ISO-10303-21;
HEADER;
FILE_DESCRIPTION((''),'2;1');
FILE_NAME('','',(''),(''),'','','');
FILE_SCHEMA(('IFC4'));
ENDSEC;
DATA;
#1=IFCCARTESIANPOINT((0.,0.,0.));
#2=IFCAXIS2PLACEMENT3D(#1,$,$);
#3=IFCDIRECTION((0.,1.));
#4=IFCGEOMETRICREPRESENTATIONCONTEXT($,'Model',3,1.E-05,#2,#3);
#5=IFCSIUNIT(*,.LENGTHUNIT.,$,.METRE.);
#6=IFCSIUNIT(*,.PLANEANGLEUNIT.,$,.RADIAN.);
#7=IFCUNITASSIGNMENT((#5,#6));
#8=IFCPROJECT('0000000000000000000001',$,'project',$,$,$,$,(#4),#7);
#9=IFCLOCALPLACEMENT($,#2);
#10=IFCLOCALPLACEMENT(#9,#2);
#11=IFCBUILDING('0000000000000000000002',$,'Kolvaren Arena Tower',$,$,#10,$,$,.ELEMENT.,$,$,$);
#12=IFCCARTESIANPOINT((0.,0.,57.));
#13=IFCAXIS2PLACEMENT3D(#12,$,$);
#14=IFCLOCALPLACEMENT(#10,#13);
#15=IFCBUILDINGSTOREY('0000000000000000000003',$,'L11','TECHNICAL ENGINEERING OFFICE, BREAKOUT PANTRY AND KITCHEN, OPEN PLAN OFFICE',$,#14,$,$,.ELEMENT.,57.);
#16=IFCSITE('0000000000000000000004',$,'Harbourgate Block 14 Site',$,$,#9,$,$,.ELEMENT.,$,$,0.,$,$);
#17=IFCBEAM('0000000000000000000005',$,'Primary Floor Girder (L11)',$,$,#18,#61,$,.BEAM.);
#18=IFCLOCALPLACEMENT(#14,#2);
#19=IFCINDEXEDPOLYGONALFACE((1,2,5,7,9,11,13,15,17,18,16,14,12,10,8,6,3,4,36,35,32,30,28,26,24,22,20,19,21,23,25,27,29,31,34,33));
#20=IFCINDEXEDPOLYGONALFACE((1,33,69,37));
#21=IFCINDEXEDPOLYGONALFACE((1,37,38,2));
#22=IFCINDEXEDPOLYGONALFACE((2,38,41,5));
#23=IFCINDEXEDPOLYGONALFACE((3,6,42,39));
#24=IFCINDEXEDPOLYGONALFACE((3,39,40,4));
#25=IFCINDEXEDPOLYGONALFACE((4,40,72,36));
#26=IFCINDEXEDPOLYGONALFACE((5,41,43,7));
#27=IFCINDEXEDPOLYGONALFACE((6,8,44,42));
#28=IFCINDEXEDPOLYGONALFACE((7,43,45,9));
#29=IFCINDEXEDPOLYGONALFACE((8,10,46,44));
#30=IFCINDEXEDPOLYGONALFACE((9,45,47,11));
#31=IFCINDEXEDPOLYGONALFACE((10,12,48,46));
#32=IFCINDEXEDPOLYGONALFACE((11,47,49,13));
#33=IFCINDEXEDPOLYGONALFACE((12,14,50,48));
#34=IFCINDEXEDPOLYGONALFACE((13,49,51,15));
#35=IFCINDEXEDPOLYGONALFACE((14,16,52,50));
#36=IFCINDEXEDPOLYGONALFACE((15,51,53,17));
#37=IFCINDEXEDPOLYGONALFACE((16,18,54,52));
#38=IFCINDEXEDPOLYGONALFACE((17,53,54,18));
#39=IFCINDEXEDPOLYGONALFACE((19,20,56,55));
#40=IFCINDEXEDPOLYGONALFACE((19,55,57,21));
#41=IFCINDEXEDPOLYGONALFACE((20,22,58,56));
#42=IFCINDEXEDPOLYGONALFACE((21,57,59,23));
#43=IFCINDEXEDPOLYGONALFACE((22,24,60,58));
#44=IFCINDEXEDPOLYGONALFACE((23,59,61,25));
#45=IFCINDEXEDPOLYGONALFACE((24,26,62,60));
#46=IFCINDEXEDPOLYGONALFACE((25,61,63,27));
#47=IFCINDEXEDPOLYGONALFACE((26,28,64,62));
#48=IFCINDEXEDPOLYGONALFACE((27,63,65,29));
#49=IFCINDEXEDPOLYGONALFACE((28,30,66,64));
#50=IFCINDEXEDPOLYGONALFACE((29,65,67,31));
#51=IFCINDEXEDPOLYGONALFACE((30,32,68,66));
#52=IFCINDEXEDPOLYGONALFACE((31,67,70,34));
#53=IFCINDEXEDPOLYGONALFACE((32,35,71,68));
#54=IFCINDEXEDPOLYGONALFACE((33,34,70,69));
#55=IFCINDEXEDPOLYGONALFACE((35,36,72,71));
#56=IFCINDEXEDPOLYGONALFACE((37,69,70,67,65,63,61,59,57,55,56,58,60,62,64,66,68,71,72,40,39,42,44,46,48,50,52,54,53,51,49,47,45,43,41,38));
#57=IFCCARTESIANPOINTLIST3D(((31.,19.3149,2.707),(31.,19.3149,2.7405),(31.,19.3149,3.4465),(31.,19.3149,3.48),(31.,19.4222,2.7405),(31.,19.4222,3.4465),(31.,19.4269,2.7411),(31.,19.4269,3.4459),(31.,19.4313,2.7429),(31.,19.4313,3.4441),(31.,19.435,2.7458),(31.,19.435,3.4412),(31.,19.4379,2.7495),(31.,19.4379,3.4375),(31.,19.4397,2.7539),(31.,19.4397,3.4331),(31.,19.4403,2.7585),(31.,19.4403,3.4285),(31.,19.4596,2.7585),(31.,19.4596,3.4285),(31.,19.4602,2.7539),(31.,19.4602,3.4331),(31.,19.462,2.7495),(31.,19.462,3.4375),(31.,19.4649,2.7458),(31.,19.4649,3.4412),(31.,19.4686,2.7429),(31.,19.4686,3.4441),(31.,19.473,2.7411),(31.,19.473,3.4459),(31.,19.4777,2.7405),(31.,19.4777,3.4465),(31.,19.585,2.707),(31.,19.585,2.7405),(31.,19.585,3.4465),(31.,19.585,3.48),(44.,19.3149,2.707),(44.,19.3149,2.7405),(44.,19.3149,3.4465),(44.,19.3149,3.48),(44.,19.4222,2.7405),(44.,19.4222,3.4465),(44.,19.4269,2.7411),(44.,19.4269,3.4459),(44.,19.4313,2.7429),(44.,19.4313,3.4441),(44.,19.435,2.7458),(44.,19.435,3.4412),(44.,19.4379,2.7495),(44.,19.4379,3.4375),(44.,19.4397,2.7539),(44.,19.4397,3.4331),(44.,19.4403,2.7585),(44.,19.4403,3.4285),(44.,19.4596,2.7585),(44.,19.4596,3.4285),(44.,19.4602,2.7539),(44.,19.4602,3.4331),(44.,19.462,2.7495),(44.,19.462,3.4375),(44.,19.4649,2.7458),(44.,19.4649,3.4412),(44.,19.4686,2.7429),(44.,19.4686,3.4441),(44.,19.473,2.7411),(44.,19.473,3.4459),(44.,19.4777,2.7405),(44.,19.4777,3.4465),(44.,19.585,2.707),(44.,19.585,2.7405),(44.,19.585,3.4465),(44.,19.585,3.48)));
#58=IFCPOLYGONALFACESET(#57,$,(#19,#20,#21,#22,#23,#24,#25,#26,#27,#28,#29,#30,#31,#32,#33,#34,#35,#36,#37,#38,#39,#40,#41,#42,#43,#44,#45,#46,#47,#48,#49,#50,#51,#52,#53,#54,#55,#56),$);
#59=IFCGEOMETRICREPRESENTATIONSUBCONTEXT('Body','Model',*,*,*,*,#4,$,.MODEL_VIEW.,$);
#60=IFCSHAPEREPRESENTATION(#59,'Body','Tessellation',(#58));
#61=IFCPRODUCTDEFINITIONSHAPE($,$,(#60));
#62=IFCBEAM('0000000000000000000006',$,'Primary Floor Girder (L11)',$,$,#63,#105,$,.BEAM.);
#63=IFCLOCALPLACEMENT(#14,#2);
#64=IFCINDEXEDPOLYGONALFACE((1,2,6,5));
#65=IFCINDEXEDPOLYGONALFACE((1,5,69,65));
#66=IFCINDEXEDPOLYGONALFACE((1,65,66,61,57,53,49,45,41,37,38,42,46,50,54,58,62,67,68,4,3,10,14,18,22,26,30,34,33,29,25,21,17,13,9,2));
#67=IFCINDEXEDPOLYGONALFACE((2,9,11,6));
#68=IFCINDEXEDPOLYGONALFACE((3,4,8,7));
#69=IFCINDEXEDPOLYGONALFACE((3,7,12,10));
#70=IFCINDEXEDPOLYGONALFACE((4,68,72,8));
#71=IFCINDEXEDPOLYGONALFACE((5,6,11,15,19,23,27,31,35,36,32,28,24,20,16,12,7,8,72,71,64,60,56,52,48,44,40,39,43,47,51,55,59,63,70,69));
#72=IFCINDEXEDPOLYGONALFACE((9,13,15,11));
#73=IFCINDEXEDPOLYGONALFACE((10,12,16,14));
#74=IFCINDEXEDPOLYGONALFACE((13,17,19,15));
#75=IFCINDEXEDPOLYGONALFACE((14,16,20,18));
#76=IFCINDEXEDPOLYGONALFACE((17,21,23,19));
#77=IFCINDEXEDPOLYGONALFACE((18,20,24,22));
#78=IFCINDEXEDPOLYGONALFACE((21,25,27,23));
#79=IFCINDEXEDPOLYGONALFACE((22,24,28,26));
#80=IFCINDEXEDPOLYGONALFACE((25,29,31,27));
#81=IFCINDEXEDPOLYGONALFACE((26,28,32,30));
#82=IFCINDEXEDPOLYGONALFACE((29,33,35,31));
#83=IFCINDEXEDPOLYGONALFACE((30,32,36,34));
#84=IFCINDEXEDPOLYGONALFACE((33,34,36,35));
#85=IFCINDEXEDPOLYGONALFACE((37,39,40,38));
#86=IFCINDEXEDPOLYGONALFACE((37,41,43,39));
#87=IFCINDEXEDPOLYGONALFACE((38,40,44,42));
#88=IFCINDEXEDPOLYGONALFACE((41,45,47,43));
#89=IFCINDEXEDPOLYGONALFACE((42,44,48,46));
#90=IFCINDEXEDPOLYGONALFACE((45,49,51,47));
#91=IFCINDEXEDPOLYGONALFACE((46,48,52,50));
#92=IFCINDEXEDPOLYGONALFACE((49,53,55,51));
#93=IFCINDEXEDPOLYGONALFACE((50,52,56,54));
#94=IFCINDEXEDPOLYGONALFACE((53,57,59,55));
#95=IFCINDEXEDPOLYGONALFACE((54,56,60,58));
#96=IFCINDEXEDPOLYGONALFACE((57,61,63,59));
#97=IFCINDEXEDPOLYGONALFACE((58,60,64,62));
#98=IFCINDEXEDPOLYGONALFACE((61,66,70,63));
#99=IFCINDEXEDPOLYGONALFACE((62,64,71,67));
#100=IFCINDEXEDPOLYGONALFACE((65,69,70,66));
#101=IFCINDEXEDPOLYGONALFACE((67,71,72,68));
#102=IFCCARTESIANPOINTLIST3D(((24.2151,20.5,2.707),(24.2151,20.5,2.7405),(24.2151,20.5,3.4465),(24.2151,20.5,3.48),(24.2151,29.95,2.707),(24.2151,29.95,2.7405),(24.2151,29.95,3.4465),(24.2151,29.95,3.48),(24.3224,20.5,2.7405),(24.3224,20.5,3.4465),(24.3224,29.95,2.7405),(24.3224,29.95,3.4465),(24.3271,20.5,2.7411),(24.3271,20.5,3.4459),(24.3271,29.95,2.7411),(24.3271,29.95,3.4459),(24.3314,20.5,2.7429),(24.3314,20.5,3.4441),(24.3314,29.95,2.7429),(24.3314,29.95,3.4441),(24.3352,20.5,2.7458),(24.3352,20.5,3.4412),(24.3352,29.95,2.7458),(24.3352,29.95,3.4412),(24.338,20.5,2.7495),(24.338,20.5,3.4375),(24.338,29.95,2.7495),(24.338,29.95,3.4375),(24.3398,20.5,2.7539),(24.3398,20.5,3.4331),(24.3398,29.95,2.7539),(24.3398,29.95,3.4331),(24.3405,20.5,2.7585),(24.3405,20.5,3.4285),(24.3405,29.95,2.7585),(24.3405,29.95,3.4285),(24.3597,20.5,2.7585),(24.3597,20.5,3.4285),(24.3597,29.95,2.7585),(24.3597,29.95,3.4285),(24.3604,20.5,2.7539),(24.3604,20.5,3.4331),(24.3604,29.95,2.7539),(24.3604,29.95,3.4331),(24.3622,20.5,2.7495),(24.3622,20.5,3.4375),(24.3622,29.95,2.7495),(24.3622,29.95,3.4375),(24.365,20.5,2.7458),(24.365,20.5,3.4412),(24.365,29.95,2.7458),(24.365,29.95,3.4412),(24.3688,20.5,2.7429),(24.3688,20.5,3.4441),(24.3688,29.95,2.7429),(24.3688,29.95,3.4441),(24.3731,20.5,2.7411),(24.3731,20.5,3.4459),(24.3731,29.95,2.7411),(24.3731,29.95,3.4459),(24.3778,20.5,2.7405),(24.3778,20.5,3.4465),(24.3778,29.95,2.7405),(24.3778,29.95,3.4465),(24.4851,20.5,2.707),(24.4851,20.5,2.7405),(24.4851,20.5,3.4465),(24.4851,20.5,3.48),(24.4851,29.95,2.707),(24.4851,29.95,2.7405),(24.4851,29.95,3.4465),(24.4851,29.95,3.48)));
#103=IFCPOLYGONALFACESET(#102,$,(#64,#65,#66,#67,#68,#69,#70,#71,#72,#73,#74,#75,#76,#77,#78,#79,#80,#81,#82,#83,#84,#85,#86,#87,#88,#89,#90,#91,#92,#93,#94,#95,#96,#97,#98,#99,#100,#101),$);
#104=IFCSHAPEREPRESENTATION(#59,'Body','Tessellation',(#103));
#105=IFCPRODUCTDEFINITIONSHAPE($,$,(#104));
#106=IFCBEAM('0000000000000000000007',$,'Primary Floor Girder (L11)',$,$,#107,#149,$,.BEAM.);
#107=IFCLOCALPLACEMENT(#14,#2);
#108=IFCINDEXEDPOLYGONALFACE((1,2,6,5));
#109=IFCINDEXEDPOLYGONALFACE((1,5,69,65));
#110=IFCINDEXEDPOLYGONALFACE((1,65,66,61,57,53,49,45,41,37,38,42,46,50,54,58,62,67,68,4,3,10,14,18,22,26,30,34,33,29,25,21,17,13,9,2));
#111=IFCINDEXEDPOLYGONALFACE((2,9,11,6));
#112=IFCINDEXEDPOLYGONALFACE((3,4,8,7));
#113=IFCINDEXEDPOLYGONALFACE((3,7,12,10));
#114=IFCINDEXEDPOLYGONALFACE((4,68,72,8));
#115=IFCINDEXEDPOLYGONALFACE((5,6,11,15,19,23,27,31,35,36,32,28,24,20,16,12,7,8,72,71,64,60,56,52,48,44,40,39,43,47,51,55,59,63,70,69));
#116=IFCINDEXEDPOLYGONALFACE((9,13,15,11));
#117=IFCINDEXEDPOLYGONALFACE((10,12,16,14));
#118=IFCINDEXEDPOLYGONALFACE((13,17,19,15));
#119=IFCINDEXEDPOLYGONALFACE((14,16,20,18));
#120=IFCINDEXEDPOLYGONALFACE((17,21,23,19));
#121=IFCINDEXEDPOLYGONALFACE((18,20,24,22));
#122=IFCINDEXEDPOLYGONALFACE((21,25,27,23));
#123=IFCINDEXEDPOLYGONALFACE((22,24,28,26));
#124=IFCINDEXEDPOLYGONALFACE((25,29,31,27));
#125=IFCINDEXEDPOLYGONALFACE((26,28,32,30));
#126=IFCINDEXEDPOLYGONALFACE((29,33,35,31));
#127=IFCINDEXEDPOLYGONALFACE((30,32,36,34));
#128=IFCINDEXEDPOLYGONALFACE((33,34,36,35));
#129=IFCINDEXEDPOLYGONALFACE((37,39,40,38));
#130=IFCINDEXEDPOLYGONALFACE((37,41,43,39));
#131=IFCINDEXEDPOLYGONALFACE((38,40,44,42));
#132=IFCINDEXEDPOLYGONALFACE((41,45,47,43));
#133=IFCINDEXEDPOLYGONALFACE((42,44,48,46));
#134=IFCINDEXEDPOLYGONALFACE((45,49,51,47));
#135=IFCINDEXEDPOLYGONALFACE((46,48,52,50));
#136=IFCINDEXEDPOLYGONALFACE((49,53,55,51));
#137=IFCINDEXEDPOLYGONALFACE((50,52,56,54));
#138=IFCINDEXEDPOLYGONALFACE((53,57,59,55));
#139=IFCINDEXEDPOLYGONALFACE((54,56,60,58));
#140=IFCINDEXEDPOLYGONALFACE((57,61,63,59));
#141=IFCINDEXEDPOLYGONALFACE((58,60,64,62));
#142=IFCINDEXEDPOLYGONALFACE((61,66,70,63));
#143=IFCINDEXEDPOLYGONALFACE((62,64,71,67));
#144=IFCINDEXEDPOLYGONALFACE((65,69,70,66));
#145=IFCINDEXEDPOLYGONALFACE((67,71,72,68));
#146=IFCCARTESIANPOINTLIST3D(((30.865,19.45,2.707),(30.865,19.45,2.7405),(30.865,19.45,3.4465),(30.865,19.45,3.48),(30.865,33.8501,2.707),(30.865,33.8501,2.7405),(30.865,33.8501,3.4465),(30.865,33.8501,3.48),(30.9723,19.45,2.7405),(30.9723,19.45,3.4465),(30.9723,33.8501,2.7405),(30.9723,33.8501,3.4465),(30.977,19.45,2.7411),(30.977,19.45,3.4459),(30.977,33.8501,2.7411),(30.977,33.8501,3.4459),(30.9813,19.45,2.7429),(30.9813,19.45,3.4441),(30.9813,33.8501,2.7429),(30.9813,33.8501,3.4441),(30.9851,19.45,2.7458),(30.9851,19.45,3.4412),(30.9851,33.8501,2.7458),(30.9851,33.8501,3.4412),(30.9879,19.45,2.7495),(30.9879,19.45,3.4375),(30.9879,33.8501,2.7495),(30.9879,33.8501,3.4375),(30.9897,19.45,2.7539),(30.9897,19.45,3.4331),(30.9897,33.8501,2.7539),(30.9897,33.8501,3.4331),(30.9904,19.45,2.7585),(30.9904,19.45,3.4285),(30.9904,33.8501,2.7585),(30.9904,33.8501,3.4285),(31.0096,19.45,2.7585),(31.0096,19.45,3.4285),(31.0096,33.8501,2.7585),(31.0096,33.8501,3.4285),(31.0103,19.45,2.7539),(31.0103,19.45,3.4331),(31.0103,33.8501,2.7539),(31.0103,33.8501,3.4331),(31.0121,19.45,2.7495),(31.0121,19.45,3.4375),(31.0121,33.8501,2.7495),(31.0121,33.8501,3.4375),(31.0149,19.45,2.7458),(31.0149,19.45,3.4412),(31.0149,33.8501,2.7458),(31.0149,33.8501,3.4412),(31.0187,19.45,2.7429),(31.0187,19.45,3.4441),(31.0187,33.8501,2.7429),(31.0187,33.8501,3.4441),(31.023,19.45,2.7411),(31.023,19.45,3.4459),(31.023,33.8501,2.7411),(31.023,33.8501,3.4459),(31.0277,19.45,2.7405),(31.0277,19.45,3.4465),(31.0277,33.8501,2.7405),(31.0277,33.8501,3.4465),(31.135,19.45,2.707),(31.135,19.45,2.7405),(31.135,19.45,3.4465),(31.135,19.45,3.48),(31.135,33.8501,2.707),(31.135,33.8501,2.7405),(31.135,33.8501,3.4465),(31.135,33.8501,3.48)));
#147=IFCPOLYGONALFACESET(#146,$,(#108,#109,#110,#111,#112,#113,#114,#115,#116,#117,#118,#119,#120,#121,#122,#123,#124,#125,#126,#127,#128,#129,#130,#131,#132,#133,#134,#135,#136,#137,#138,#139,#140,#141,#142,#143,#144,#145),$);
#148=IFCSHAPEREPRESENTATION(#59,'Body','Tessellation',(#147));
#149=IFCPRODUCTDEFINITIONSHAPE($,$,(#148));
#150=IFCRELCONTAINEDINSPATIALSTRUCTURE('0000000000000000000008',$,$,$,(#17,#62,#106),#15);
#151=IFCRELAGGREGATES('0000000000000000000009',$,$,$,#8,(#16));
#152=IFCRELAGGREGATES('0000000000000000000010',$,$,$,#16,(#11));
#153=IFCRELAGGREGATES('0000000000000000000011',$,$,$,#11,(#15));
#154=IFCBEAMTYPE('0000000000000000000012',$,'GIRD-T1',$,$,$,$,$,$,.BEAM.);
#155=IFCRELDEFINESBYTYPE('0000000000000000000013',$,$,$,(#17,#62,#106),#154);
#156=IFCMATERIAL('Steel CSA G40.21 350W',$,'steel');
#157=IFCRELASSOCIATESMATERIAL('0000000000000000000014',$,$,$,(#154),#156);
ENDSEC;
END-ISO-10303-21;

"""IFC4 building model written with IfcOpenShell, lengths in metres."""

from ifc_helpers import new_model, si_unit, direction, frame, origin, origin_2d, place, context, subcontext, project, spatial, i_section, extrude, material, material_profile, profile_set, type_object, element, save


model = new_model("IFC4")

# Units and contexts
model_context = context("Model", 3, precision=1e-05, world=origin(), true_north=direction((0.0, 1.0)))
body_context = subcontext(model_context, "Body", "Model", "MODEL_VIEW")
ifc_project = project(units=[si_unit("LENGTHUNIT", "METRE"), si_unit("PLANEANGLEUNIT", "RADIAN")], contexts=[model_context])

# Site, building, storey
site_placement = place(None, origin())
site = spatial("IfcSite", under=ifc_project, at=site_placement, Name="Harbourgate Block 14 Site", CompositionType="ELEMENT", RefElevation=0.0)
building_placement = place(site_placement, origin())
building = spatial("IfcBuilding", under=site, at=building_placement, Name="Kolvaren Arena Tower", CompositionType="ELEMENT")
storey_placement = place(building_placement, frame((0.0, 0.0, 57.0)))
storey = spatial("IfcBuildingStorey", under=building, at=storey_placement, Name="L11", Description="TECHNICAL ENGINEERING OFFICE, BREAKOUT PANTRY AND KITCHEN, OPEN PLAN OFFICE", CompositionType="ELEMENT", Elevation=57.0)

# Beams
ifc_material_1 = material(Name="Steel CSA G40.21 350W", Category="steel")
ifc_material_profile_1 = material_profile(ifc_material_1, i_section(OverallWidth=0.27, OverallDepth=0.7729, WebThickness=0.0193, FlangeThickness=0.0334, FilletRadius=0.0181, at=origin_2d()), Name="W760x257")
ifc_profile_set_1 = profile_set([ifc_material_profile_1], Name="Steel CSA G40.21 350W")
beam_type_1 = type_object("IfcBeamType", Name="GIRD-T1", PredefinedType="BEAM", material=ifc_profile_set_1)
beam_1_placement = place(storey_placement, frame((31.0, 19.45, 3.0935), z_axis=(1.0, 0.0, 0.0), x_axis=(0.0, 1.0, 0.0)))
element("IfcBeam", 1, at=beam_1_placement, inside=storey, type_object=beam_type_1, Name="Primary Floor Girder (L11)", PredefinedType="BEAM", context=body_context, shape_type="SweptSolid", body=[
    extrude(i_section(OverallWidth=0.27, OverallDepth=0.7729, WebThickness=0.0193, FlangeThickness=0.0334, FilletRadius=0.0181, at=origin_2d()), origin(), (0.0, 0.0, 1.0), 13.0),
])
beam_2_placement = place(storey_placement, frame((24.3501, 20.5, 3.0935), z_axis=(0.0, 1.0, 0.0), x_axis=(-1.0, 0.0, 0.0)))
element("IfcBeam", 2, at=beam_2_placement, inside=storey, type_object=beam_type_1, Name="Primary Floor Girder (L11)", PredefinedType="BEAM", context=body_context, shape_type="SweptSolid", body=[
    extrude(i_section(OverallWidth=0.27, OverallDepth=0.7729, WebThickness=0.0193, FlangeThickness=0.0334, FilletRadius=0.0181, at=origin_2d()), origin(), (0.0, 0.0, 1.0), 9.45),
])
beam_3_placement = place(storey_placement, frame((31.0, 19.45, 3.0935), z_axis=(0.0, 1.0, 0.0), x_axis=(-1.0, 0.0, 0.0)))
element("IfcBeam", 3, at=beam_3_placement, inside=storey, type_object=beam_type_1, Name="Primary Floor Girder (L11)", PredefinedType="BEAM", context=body_context, shape_type="SweptSolid", body=[
    extrude(i_section(OverallWidth=0.27, OverallDepth=0.7729, WebThickness=0.0193, FlangeThickness=0.0334, FilletRadius=0.0181, at=origin_2d()), origin(), (0.0, 0.0, 1.0), 14.4001),
])

save(model, "model.ifc")
